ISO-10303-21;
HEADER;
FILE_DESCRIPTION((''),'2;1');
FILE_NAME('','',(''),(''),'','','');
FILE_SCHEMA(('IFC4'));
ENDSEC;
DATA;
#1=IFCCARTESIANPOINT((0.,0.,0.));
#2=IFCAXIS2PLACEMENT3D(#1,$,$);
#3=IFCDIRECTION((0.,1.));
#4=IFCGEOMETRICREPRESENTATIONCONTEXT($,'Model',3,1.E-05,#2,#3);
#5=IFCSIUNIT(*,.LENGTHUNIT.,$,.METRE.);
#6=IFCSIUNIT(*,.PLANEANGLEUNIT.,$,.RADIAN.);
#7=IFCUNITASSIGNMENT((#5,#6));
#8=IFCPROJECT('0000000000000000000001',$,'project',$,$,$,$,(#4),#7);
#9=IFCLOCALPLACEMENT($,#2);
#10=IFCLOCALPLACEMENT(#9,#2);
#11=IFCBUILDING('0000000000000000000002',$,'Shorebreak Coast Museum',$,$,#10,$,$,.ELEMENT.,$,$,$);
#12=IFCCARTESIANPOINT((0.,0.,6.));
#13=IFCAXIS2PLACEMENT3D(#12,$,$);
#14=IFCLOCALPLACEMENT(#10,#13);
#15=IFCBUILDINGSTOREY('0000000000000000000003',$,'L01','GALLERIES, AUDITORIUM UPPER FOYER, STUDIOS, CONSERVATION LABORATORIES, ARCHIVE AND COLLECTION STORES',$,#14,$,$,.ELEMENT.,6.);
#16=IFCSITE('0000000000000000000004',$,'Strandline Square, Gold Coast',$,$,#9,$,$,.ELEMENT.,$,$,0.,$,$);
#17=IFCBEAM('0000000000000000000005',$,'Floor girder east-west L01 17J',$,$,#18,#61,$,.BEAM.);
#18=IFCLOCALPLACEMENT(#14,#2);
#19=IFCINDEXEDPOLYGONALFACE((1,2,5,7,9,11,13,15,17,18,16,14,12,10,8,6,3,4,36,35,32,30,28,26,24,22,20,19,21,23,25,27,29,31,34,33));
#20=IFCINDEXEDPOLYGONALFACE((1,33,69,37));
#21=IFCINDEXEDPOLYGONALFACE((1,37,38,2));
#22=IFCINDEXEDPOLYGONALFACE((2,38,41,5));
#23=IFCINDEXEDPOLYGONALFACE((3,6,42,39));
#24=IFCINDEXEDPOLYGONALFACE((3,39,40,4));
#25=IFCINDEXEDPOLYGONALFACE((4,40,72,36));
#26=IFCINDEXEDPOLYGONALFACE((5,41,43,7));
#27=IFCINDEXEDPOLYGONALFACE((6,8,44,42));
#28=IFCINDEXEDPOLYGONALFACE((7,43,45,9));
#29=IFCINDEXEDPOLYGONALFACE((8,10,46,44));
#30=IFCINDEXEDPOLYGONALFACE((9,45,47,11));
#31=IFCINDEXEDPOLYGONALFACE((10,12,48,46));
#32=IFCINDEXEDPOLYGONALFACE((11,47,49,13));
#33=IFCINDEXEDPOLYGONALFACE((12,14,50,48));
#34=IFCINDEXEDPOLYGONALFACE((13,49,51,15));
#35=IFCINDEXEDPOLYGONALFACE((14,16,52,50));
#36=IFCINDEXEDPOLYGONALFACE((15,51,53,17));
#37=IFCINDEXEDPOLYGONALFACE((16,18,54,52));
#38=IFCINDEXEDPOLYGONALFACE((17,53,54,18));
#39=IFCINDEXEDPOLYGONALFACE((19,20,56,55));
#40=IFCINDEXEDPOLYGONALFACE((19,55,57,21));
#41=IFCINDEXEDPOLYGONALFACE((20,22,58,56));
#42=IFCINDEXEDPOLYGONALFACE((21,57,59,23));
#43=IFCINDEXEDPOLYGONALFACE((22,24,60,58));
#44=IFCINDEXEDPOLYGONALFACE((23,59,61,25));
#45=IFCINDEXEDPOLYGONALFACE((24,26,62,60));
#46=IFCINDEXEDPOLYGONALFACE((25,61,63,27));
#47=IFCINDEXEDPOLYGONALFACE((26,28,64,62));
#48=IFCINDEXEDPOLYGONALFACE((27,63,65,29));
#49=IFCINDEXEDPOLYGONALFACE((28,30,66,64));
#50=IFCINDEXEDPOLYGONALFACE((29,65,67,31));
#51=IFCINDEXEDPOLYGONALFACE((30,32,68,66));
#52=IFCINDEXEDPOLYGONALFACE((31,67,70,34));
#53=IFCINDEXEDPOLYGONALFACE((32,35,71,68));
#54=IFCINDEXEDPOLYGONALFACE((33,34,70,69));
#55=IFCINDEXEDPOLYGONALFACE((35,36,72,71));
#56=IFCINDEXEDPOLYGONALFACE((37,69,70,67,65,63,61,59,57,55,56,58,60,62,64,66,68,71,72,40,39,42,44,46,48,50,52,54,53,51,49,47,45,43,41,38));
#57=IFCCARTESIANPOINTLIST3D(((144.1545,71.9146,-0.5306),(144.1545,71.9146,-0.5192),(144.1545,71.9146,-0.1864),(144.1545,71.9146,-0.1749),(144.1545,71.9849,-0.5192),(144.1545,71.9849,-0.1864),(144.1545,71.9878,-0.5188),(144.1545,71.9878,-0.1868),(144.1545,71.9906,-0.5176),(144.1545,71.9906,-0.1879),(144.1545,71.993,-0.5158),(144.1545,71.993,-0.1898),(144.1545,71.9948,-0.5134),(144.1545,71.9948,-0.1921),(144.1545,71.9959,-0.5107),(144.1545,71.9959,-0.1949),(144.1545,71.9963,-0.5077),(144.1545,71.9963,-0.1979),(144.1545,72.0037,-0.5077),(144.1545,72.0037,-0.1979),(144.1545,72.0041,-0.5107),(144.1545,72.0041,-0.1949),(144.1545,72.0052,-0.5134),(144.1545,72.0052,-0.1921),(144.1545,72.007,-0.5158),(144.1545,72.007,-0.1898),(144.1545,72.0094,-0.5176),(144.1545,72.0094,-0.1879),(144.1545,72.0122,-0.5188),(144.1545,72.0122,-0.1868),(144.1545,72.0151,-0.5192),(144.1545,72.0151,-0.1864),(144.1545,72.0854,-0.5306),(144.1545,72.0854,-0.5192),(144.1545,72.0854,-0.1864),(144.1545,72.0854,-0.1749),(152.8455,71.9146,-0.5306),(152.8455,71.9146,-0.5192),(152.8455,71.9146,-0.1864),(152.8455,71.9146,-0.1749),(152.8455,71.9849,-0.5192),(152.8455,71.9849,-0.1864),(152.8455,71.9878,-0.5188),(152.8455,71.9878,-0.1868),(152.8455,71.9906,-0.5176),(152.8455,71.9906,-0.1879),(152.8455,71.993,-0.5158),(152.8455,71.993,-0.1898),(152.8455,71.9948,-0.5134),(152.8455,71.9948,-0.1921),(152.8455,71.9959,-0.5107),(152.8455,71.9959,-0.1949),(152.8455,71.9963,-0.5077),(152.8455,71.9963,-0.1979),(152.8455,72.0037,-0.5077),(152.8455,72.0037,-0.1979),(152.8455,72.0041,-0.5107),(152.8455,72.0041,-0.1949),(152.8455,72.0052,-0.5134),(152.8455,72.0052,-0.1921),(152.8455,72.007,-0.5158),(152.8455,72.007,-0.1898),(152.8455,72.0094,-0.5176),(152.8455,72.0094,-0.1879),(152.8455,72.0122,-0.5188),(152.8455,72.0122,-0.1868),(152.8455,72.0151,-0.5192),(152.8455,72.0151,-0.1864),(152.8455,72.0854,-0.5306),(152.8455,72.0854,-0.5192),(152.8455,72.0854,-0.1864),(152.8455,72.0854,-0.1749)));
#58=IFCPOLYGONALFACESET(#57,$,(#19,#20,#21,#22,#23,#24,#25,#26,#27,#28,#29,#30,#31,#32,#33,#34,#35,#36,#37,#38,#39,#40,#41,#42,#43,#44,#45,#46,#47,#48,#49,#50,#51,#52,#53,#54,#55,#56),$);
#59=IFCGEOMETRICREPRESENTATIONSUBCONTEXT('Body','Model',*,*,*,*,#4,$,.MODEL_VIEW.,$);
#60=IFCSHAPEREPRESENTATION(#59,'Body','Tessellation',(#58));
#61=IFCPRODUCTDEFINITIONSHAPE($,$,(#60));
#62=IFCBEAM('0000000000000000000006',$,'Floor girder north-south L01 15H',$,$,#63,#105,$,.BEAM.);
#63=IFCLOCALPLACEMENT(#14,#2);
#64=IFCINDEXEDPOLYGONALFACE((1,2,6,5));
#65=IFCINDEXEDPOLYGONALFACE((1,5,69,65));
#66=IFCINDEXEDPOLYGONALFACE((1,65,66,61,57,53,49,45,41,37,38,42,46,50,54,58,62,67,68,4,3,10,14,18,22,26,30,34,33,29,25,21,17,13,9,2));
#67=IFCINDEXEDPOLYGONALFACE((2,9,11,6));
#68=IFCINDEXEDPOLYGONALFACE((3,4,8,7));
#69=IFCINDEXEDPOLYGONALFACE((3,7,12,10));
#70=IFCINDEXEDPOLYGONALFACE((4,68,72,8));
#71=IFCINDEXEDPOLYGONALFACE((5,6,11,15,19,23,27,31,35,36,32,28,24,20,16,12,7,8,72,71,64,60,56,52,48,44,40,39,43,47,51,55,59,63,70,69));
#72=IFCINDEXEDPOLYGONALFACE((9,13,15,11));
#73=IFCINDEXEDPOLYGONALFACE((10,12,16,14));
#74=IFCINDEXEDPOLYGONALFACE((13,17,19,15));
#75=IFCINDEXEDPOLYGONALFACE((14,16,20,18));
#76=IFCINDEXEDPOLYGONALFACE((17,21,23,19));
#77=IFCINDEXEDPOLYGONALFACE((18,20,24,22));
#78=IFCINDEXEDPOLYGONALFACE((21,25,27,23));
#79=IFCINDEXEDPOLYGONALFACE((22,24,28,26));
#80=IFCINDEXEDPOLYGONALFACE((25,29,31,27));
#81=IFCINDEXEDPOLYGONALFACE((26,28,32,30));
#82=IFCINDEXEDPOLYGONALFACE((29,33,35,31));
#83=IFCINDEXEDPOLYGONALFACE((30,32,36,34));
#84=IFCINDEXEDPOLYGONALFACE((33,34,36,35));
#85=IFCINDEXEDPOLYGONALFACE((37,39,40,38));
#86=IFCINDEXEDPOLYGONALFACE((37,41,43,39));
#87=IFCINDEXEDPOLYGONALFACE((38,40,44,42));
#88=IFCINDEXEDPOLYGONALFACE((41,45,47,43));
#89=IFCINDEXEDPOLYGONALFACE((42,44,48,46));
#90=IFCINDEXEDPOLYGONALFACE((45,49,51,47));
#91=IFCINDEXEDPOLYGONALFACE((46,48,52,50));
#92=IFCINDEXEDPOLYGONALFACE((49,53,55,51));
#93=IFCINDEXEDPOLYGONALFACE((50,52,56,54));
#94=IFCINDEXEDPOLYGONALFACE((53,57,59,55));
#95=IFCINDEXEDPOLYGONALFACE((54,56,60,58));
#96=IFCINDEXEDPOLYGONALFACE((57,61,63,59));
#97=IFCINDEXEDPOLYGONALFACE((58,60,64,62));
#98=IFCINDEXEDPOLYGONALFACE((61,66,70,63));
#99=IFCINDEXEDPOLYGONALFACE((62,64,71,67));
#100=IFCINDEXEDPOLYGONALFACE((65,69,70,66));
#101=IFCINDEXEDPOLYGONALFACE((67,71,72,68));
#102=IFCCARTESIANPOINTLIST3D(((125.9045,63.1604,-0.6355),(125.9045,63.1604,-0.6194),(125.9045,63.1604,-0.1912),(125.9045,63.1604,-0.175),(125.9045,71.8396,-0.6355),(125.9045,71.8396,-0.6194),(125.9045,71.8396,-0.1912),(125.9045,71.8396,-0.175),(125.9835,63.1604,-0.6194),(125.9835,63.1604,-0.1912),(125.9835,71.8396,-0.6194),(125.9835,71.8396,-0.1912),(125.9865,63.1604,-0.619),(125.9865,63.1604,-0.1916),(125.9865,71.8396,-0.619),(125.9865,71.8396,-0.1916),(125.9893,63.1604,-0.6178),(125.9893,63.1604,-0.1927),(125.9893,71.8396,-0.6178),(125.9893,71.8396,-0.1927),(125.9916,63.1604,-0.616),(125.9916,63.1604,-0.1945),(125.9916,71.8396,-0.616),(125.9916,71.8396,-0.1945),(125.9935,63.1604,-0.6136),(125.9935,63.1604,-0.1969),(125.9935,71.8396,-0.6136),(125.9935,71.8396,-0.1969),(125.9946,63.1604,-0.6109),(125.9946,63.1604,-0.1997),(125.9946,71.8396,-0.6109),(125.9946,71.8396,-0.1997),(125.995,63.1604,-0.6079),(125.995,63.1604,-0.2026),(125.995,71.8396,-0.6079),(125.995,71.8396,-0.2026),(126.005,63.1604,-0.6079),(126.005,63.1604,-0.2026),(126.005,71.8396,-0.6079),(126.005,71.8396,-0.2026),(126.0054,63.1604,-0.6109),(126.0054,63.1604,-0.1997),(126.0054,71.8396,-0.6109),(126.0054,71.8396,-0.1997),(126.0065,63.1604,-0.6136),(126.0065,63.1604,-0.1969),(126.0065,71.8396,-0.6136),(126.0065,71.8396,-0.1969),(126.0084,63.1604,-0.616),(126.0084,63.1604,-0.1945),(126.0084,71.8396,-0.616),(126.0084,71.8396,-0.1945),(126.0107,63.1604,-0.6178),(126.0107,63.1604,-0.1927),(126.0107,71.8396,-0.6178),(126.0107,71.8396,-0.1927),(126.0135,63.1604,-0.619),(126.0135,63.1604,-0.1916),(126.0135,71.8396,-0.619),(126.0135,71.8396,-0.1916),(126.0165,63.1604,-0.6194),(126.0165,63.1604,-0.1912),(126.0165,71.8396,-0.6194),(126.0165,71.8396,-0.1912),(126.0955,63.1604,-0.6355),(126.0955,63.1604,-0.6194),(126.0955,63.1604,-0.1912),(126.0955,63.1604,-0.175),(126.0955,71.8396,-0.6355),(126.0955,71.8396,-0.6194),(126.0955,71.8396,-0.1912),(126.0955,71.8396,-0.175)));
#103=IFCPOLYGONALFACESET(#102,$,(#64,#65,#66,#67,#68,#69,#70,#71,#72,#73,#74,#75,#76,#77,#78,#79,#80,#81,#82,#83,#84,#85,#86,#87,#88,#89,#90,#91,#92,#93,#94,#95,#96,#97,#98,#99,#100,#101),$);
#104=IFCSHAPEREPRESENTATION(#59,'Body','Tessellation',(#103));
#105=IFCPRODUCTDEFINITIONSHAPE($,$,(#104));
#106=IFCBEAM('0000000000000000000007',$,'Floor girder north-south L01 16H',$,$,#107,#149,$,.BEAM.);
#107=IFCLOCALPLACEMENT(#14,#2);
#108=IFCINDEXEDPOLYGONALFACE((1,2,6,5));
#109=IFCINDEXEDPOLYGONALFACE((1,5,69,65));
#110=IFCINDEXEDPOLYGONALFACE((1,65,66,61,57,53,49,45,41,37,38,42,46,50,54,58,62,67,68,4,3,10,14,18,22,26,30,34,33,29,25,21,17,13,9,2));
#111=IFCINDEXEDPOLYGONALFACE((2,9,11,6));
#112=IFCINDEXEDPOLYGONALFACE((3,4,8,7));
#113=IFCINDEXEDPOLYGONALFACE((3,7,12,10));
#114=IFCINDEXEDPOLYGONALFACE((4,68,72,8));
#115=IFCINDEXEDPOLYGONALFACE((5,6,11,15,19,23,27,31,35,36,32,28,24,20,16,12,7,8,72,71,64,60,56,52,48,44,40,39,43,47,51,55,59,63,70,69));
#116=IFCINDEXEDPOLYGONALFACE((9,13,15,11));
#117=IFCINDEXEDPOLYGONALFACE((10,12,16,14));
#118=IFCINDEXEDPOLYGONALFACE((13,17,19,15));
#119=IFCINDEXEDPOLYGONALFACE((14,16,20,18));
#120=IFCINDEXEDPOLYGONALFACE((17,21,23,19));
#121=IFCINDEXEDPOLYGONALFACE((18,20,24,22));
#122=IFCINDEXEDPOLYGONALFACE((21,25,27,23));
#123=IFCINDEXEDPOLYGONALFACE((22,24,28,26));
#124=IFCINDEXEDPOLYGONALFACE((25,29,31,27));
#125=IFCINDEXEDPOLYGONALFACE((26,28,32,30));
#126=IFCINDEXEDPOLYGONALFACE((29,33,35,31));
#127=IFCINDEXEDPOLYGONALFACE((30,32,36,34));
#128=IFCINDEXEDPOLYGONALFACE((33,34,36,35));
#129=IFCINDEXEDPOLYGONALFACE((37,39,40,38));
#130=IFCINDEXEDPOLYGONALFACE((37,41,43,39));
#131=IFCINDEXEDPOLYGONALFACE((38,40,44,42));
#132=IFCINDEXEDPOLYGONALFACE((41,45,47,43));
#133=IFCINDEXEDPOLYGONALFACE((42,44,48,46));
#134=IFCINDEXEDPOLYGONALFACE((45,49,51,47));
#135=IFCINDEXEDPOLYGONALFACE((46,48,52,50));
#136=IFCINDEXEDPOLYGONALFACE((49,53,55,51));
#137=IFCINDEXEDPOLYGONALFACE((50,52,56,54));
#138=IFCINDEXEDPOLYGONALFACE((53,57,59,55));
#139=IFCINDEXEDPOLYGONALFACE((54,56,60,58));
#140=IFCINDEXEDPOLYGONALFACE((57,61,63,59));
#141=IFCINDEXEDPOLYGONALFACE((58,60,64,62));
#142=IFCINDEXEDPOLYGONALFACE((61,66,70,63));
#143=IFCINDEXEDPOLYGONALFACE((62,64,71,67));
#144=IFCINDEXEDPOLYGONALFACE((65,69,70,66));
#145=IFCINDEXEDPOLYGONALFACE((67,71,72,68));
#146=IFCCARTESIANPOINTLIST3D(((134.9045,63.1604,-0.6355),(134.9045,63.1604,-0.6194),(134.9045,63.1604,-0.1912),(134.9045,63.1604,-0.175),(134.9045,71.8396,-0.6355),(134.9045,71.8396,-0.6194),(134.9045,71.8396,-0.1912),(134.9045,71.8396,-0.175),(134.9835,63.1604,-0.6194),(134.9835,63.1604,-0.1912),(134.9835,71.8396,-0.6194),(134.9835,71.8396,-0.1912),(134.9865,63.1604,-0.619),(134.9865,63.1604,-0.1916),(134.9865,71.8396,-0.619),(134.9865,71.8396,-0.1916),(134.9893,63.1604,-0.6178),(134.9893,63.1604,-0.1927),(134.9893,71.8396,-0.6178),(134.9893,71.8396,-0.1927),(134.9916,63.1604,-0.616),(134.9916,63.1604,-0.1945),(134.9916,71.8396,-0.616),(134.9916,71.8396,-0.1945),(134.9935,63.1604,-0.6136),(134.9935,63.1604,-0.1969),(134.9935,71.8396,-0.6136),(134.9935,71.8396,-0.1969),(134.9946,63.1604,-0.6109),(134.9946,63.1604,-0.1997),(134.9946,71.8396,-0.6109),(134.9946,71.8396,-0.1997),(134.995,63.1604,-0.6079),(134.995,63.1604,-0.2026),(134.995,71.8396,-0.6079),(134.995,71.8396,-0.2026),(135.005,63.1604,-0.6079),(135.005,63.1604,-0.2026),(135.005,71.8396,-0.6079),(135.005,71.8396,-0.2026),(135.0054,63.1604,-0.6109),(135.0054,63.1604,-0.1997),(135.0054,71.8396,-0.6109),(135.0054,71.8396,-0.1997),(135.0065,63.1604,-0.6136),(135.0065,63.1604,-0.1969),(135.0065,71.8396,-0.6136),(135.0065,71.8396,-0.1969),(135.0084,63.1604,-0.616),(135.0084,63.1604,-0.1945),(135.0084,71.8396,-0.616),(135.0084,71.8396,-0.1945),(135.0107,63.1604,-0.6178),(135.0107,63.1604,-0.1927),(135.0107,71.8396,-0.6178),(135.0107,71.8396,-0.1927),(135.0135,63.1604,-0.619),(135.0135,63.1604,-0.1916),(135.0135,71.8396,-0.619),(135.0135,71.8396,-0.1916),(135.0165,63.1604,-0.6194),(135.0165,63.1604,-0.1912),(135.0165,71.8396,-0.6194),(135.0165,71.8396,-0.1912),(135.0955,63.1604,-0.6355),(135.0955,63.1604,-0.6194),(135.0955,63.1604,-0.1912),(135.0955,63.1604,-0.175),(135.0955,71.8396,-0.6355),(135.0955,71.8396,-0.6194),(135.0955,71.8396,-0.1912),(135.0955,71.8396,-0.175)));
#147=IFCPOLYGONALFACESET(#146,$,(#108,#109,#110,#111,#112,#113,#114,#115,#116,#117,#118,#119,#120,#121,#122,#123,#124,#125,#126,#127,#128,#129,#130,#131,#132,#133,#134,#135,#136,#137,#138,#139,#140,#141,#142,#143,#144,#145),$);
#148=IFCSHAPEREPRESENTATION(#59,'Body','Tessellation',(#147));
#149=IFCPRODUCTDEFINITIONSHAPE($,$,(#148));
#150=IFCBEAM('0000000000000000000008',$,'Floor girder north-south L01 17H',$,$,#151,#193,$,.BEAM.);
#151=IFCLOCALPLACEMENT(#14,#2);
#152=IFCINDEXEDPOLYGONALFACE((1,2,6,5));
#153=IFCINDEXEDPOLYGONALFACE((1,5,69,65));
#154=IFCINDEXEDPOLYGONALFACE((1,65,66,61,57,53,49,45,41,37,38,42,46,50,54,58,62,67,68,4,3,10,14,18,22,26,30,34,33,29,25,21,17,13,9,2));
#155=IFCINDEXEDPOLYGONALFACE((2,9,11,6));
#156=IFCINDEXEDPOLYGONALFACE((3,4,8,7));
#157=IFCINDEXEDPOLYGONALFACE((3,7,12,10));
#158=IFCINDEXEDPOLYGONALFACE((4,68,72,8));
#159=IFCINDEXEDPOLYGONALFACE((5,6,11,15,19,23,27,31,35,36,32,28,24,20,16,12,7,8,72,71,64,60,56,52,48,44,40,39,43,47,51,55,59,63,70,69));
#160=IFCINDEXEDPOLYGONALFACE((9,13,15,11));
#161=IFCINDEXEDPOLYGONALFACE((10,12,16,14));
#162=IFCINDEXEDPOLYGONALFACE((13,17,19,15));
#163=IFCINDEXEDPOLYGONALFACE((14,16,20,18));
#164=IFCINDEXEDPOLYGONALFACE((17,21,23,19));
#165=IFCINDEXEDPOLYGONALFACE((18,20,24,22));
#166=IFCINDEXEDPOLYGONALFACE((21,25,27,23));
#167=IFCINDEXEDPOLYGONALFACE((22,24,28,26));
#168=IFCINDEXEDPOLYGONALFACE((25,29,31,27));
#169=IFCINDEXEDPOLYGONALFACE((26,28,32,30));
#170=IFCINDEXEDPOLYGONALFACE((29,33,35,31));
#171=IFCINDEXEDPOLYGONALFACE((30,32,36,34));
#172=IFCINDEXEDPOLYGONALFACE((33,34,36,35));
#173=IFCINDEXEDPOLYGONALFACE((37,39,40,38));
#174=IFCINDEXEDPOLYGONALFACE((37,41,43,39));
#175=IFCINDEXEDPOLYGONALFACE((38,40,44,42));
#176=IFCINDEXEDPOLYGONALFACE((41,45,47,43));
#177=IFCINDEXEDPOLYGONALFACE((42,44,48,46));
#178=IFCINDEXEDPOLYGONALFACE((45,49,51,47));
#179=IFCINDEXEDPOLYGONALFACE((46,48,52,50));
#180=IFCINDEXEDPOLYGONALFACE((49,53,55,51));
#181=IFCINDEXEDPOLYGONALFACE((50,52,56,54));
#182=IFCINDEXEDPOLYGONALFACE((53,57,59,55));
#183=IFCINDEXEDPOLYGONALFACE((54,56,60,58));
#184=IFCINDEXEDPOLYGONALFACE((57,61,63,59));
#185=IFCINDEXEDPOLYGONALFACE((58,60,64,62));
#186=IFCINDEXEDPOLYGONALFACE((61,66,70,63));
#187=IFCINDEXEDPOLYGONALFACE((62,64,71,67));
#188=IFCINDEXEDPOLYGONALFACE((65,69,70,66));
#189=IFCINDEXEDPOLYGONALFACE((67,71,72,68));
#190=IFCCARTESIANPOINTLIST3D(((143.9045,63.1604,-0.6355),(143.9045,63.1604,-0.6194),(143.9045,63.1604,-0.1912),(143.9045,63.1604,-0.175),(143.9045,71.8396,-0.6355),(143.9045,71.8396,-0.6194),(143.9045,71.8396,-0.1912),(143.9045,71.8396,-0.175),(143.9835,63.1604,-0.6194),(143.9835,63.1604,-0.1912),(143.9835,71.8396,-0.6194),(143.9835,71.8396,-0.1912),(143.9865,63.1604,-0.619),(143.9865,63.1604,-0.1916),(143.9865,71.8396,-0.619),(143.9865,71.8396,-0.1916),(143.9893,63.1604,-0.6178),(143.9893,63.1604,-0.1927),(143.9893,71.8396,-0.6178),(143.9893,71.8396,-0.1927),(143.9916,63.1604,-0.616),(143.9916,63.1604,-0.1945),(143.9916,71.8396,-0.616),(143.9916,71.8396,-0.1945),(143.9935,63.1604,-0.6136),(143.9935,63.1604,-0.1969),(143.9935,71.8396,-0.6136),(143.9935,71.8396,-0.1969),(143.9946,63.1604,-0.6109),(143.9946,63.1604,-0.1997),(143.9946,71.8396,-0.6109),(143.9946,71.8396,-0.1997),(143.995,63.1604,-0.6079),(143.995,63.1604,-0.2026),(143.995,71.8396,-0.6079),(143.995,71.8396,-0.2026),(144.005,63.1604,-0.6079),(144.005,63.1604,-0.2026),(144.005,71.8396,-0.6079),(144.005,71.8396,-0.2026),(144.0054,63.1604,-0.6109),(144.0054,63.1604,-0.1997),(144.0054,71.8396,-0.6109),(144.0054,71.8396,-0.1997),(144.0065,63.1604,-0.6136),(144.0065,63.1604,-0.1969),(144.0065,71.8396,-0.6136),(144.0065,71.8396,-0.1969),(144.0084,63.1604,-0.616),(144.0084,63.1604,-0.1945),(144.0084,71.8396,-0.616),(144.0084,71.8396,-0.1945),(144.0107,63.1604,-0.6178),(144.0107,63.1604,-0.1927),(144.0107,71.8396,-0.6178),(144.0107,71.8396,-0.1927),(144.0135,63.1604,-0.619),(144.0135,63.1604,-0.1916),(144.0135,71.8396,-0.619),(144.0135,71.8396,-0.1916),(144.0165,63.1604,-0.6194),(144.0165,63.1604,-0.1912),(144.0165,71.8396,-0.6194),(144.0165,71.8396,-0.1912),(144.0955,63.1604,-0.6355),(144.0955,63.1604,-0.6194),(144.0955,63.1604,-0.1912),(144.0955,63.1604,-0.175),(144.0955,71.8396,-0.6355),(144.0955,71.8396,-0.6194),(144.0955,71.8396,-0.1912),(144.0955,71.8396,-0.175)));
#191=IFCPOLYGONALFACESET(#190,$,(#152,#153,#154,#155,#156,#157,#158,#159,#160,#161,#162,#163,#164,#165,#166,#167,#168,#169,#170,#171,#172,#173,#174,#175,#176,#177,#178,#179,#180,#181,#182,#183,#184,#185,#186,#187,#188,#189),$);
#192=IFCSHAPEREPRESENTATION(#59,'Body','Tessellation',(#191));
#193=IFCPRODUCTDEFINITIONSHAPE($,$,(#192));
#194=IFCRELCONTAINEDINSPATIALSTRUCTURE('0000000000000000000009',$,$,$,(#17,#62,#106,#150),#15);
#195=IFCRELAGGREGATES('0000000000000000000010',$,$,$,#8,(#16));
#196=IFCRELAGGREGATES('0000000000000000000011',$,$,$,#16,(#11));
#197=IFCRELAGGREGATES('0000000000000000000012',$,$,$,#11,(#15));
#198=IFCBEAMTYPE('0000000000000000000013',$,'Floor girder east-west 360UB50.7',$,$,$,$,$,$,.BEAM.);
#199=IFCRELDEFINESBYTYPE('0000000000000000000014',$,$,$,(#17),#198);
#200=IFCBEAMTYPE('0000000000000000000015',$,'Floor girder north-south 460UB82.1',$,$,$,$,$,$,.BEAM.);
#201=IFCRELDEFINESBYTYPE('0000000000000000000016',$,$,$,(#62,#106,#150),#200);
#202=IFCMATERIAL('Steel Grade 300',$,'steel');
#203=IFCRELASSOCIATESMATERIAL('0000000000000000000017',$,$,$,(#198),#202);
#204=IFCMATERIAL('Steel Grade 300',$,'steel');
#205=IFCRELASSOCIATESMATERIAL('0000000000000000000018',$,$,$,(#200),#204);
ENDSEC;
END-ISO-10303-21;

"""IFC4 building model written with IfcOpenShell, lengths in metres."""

from ifc_helpers import new_model, si_unit, direction, frame, origin, origin_2d, place, context, subcontext, project, spatial, i_section, extrude, material, material_profile, profile_set, type_object, element, save


model = new_model("IFC4")

# Units and contexts
model_context = context("Model", 3, precision=1e-05, world=origin(), true_north=direction((0.0, 1.0)))
body_context = subcontext(model_context, "Body", "Model", "MODEL_VIEW")
ifc_project = project(units=[si_unit("LENGTHUNIT", "METRE"), si_unit("PLANEANGLEUNIT", "RADIAN")], contexts=[model_context])

# Site, building, storey
site_placement = place(None, origin())
site = spatial("IfcSite", under=ifc_project, at=site_placement, Name="Strandline Square, Gold Coast", CompositionType="ELEMENT", RefElevation=0.0)
building_placement = place(site_placement, origin())
building = spatial("IfcBuilding", under=site, at=building_placement, Name="Shorebreak Coast Museum", CompositionType="ELEMENT")
storey_placement = place(building_placement, frame((0.0, 0.0, 6.0)))
storey = spatial("IfcBuildingStorey", under=building, at=storey_placement, Name="L01", Description="GALLERIES, AUDITORIUM UPPER FOYER, STUDIOS, CONSERVATION LABORATORIES, ARCHIVE AND COLLECTION STORES", CompositionType="ELEMENT", Elevation=6.0)

# Beams
ifc_material_1 = material(Name="Steel Grade 300", Category="steel")
ifc_material_profile_1 = material_profile(ifc_material_1, i_section(OverallWidth=0.1709, OverallDepth=0.3557, WebThickness=0.0073, FlangeThickness=0.0115, FilletRadius=0.0115, at=origin_2d()), Name="360UB50.7")
ifc_profile_set_1 = profile_set([ifc_material_profile_1], Name="Steel Grade 300")
beam_type_1 = type_object("IfcBeamType", Name="Floor girder east-west 360UB50.7", PredefinedType="BEAM", material=ifc_profile_set_1)
for number, where, z_axis, x_axis, name in (
    (1, (144.1545, 72.0, -0.3528), (1.0, 0.0, 0.0), (0.0, 1.0, 0.0), "Floor girder east-west L01 17J"),
):
    element("IfcBeam", number, at=place(storey_placement, frame(where, z_axis=z_axis, x_axis=x_axis)), inside=storey, type_object=beam_type_1, Name=name, PredefinedType="BEAM", context=body_context, shape_type="SweptSolid", body=[
        extrude(i_section(OverallWidth=0.1709, OverallDepth=0.3557, WebThickness=0.0073, FlangeThickness=0.0115, FilletRadius=0.0115, at=origin_2d()), origin(), (0.0, 0.0, 1.0), 8.6909),
    ])
ifc_material_2 = material(Name="Steel Grade 300", Category="steel")
ifc_material_profile_2 = material_profile(ifc_material_2, i_section(OverallWidth=0.1909, OverallDepth=0.4604, WebThickness=0.01, FlangeThickness=0.0161, FilletRadius=0.0115, at=origin_2d()), Name="460UB82.1")
ifc_profile_set_2 = profile_set([ifc_material_profile_2], Name="Steel Grade 300")
beam_type_2 = type_object("IfcBeamType", Name="Floor girder north-south 460UB82.1", PredefinedType="BEAM", material=ifc_profile_set_2)
for number, where, z_axis, x_axis, name in (
    (2, (126.0, 63.1604, -0.4053), (0.0, 1.0, 0.0), (-1.0, 0.0, 0.0), "Floor girder north-south L01 15H"),
    (3, (135.0, 63.1604, -0.4053), (0.0, 1.0, 0.0), (-1.0, 0.0, 0.0), "Floor girder north-south L01 16H"),
    (4, (144.0, 63.1604, -0.4053), (0.0, 1.0, 0.0), (-1.0, 0.0, 0.0), "Floor girder north-south L01 17H"),
):
    element("IfcBeam", number, at=place(storey_placement, frame(where, z_axis=z_axis, x_axis=x_axis)), inside=storey, type_object=beam_type_2, Name=name, PredefinedType="BEAM", context=body_context, shape_type="SweptSolid", body=[
        extrude(i_section(OverallWidth=0.1909, OverallDepth=0.4604, WebThickness=0.01, FlangeThickness=0.0161, FilletRadius=0.0115, at=origin_2d()), origin(), (0.0, 0.0, 1.0), 8.6792),
    ])

save(model, "model.ifc")
